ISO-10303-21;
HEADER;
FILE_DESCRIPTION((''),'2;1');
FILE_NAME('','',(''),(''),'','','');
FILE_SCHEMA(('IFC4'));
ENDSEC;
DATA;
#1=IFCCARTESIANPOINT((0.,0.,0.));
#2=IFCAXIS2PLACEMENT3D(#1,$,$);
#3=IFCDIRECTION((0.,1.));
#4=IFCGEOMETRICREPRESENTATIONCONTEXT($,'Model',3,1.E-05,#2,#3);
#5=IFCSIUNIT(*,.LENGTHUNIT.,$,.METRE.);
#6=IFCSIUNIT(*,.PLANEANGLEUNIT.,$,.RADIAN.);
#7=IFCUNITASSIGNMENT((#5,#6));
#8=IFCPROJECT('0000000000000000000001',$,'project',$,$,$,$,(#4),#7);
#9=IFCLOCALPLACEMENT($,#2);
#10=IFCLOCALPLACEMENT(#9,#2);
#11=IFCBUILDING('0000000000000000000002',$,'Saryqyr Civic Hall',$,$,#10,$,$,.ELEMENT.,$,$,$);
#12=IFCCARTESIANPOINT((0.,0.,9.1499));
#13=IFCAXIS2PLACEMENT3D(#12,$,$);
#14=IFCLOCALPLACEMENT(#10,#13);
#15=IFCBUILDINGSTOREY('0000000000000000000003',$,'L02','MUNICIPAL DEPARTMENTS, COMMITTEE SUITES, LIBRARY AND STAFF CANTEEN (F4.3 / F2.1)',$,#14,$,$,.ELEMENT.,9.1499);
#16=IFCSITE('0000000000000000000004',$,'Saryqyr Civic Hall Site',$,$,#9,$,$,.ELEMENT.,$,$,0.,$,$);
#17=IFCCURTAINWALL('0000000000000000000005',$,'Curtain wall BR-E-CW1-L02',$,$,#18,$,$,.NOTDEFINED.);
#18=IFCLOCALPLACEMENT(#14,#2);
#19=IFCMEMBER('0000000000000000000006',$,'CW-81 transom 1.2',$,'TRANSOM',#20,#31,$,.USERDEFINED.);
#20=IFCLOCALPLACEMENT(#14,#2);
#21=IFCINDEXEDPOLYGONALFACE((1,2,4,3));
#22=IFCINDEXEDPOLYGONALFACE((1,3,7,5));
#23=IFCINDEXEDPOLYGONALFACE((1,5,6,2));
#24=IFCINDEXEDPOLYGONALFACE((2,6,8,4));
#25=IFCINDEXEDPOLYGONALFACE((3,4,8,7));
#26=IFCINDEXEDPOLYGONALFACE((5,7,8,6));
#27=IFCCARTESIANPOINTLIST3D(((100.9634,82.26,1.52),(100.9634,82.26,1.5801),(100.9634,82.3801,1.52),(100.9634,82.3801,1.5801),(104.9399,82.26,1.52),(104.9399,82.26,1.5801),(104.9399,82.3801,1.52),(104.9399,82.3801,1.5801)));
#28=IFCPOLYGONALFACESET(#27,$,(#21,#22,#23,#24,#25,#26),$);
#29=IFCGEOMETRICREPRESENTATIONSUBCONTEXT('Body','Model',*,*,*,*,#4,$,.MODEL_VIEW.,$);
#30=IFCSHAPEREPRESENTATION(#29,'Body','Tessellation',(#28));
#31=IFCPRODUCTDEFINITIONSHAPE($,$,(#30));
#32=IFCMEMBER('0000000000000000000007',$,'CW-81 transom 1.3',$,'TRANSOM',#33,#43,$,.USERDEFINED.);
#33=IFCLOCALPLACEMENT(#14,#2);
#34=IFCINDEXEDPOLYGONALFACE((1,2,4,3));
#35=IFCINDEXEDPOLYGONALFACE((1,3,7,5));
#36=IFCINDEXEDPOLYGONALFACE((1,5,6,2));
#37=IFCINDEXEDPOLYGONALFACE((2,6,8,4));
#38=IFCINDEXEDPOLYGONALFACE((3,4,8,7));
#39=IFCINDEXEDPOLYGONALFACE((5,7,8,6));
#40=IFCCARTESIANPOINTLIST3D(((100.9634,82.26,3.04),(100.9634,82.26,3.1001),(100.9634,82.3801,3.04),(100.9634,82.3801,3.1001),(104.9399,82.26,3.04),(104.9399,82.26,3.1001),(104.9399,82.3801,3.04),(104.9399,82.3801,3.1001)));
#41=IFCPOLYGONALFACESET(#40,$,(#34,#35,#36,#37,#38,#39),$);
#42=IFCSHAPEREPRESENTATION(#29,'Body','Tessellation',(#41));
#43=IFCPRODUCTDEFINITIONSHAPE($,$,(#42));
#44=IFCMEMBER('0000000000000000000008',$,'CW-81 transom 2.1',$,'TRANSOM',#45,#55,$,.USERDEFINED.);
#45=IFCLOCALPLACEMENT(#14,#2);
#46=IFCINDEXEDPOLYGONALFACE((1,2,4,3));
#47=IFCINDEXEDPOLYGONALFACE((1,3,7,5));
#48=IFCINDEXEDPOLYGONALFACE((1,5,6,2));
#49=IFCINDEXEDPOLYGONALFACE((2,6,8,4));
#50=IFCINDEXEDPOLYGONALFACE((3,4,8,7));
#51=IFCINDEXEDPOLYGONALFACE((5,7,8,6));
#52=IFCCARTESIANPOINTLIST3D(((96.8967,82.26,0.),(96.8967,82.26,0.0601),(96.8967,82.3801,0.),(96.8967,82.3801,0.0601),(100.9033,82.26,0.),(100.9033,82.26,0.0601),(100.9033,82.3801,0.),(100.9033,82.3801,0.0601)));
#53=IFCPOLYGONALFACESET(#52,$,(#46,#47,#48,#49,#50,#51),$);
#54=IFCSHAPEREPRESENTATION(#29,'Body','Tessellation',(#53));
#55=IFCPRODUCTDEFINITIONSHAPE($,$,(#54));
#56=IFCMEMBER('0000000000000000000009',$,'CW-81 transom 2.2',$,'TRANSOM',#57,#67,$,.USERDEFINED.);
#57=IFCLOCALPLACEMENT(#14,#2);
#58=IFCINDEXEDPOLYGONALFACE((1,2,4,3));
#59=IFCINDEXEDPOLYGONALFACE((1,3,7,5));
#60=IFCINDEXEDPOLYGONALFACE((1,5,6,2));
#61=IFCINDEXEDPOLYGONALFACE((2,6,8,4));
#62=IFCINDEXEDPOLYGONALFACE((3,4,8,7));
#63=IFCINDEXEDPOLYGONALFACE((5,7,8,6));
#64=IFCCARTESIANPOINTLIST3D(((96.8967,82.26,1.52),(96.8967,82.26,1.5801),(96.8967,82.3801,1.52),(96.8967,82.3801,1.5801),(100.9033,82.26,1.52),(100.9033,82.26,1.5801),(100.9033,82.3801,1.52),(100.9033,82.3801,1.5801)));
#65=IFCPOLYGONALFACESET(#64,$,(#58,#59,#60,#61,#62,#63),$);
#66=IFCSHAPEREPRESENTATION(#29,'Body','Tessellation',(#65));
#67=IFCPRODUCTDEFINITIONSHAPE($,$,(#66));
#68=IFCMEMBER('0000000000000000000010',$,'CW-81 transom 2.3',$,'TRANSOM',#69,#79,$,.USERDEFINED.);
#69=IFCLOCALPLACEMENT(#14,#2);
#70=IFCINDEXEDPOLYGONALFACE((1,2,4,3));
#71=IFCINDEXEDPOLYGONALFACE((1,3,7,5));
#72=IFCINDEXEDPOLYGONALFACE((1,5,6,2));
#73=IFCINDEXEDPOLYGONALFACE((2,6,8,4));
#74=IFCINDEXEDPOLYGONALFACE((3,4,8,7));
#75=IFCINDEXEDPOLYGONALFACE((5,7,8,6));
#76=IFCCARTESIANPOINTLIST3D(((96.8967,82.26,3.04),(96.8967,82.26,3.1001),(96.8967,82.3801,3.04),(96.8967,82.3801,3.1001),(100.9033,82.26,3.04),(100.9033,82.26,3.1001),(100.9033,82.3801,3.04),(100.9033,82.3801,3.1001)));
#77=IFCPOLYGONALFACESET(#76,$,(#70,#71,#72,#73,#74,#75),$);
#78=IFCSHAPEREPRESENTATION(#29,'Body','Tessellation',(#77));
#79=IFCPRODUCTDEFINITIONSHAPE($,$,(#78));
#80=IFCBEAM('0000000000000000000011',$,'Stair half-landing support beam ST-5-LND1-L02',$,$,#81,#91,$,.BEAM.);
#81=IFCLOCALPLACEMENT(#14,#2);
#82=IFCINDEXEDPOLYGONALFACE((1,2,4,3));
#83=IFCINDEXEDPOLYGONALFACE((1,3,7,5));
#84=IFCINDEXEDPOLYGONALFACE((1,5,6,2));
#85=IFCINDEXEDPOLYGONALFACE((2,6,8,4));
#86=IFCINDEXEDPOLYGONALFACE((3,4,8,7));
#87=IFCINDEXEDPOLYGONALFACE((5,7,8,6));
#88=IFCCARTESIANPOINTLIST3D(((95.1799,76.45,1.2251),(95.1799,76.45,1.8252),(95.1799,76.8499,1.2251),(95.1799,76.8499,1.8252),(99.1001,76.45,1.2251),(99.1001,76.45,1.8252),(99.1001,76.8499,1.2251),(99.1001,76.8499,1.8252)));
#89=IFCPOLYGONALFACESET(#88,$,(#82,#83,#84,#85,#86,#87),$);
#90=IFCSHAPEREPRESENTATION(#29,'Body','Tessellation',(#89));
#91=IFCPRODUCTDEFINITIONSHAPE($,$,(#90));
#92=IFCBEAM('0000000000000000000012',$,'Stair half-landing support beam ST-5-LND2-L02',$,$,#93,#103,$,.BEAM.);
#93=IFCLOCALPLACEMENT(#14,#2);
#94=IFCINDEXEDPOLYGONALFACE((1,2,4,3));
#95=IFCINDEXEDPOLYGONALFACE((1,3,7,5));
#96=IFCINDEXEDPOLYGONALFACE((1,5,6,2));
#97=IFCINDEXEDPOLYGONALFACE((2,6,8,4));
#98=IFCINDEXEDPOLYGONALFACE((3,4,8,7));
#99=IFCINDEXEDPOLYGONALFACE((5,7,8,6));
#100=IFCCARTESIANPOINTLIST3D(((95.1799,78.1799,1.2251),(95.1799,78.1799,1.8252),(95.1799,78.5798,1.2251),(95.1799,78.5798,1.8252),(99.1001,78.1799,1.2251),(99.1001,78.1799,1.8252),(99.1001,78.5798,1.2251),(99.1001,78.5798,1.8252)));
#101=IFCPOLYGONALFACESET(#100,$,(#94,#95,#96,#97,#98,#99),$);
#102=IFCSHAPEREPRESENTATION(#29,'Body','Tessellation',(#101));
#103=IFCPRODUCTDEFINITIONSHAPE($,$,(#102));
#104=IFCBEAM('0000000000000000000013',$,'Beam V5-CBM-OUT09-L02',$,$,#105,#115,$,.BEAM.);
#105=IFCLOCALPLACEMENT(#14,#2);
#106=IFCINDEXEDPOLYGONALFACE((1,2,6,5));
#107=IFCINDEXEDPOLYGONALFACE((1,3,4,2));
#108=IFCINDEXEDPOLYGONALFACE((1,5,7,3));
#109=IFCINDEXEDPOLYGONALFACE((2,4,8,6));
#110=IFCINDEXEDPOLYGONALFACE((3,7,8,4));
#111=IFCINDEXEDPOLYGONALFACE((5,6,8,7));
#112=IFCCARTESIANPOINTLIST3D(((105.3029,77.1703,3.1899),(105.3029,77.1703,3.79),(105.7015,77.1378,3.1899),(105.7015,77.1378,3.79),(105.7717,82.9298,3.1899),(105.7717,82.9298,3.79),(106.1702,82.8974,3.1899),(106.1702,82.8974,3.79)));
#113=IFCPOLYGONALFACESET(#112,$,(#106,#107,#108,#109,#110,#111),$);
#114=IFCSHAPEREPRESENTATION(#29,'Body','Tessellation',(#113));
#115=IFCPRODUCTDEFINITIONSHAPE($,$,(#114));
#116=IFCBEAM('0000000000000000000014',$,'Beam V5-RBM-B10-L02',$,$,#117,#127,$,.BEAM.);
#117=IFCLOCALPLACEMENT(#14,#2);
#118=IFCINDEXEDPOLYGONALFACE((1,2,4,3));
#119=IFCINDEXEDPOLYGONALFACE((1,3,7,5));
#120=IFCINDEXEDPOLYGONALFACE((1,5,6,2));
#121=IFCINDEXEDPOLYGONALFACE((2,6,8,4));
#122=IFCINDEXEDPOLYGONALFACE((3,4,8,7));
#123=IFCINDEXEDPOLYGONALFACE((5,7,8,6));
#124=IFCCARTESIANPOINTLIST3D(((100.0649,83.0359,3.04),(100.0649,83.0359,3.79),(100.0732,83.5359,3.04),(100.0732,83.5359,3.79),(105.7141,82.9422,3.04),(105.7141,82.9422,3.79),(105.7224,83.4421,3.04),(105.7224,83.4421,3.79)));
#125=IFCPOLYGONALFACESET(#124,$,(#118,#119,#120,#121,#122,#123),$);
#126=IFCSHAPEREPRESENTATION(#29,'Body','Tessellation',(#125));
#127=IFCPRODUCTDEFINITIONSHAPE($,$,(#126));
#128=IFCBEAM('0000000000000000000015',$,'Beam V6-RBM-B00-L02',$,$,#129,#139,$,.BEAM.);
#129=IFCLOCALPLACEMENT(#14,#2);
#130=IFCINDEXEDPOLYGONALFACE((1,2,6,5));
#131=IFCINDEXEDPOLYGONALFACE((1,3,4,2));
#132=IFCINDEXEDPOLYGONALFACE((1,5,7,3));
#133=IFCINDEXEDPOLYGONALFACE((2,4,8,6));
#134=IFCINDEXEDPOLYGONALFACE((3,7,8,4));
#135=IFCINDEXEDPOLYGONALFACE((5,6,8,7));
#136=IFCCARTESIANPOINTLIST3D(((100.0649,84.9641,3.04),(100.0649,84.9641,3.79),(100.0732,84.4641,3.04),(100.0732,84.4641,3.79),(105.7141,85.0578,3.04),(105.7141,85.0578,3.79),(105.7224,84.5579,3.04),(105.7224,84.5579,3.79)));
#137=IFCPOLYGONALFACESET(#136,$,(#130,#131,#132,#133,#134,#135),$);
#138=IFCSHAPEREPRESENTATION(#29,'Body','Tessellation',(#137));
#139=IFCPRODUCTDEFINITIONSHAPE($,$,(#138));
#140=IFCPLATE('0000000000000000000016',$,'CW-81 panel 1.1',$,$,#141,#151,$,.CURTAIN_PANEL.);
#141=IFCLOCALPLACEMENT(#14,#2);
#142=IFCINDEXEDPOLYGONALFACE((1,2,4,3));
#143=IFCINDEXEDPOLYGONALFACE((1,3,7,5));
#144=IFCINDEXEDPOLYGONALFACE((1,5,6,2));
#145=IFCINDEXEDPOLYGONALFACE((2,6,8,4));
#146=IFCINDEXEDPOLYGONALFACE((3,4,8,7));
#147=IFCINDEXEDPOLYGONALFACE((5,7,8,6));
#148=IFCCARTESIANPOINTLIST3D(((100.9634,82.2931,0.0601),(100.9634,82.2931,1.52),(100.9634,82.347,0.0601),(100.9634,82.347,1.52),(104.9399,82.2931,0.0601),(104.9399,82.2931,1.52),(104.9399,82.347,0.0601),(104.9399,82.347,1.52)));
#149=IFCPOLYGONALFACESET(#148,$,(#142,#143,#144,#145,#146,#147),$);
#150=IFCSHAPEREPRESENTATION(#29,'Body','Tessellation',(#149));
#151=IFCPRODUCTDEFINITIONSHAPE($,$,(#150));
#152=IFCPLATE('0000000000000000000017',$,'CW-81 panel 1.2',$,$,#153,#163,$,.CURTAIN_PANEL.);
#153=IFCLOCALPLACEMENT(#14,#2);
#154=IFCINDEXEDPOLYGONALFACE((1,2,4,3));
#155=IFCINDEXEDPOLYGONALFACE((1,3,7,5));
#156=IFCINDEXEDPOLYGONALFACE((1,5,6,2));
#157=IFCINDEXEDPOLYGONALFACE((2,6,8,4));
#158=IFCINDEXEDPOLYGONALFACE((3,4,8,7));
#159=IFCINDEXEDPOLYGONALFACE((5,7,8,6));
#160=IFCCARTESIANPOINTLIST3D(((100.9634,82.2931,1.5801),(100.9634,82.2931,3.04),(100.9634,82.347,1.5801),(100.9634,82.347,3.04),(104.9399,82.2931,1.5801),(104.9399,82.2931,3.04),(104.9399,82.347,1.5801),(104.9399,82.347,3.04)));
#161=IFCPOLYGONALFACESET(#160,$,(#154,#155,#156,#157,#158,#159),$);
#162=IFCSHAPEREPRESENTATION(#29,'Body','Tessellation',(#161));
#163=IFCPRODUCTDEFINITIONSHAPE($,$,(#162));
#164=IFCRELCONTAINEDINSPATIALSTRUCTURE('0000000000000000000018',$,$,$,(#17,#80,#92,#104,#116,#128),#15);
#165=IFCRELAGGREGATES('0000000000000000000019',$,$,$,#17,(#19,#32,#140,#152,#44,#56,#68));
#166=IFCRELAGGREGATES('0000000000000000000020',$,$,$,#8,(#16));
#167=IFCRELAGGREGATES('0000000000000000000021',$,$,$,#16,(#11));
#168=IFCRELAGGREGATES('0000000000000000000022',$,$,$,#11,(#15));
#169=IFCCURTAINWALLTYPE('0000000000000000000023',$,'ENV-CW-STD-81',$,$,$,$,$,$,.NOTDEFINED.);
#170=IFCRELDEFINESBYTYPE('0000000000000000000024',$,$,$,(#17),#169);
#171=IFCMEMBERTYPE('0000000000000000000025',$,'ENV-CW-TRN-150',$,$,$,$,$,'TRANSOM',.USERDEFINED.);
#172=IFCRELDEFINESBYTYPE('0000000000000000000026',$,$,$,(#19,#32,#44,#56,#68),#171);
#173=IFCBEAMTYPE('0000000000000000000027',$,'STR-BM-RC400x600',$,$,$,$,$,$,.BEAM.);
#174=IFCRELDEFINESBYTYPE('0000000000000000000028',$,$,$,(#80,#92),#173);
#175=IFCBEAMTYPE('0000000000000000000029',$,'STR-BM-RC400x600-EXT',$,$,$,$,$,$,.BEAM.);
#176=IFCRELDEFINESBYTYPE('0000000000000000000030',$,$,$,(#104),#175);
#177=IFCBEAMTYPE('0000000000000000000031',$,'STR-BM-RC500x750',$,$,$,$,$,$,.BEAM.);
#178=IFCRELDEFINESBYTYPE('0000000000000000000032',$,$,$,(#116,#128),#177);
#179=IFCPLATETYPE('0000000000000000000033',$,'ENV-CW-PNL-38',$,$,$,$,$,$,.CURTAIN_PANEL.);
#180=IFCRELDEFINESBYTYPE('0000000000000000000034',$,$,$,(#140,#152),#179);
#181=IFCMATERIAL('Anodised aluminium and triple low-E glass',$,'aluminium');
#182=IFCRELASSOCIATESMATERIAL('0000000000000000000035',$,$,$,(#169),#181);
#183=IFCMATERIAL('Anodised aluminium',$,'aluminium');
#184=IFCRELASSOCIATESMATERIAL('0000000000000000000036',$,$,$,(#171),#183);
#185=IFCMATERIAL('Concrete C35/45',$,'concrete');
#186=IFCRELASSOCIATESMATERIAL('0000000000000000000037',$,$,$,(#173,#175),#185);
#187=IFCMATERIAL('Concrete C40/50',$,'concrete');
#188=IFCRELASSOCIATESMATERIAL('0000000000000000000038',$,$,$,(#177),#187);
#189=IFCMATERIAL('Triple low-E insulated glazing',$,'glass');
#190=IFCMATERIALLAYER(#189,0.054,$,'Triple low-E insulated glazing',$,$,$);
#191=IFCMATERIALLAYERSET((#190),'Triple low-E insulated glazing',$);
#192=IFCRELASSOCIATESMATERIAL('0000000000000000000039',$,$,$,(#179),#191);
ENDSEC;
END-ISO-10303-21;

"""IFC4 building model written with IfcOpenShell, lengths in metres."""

from ifc_helpers import new_model, si_unit, direction, frame, origin, origin_2d, place, context, subcontext, project, spatial, rectangle, extrude, material, layer, layer_set, material_profile, profile_set, type_object, element, aggregate, save


model = new_model("IFC4")

# Units and contexts
model_context = context("Model", 3, precision=1e-05, world=origin(), true_north=direction((0.0, 1.0)))
body_context = subcontext(model_context, "Body", "Model", "MODEL_VIEW")
ifc_project = project(units=[si_unit("LENGTHUNIT", "METRE"), si_unit("PLANEANGLEUNIT", "RADIAN")], contexts=[model_context])

# Site, building, storey
site_placement = place(None, origin())
site = spatial("IfcSite", under=ifc_project, at=site_placement, Name="Saryqyr Civic Hall Site", CompositionType="ELEMENT", RefElevation=0.0)
building_placement = place(site_placement, origin())
building = spatial("IfcBuilding", under=site, at=building_placement, Name="Saryqyr Civic Hall", CompositionType="ELEMENT")
storey_placement = place(building_placement, frame((0.0, 0.0, 9.1499)))
storey = spatial("IfcBuildingStorey", under=building, at=storey_placement, Name="L02", Description="MUNICIPAL DEPARTMENTS, COMMITTEE SUITES, LIBRARY AND STAFF CANTEEN (F4.3 / F2.1)", CompositionType="ELEMENT", Elevation=9.1499)

# Shared definitions
ifc_material_1 = material(Name="Concrete C40/50", Category="concrete")
ifc_material_2 = material(Name="Concrete C35/45", Category="concrete")

# Curtain wall, members
ifc_material_3 = material(Name="Anodised aluminium and triple low-E glass", Category="aluminium")
curtain_wall_type = type_object("IfcCurtainWallType", Name="ENV-CW-STD-81", PredefinedType="NOTDEFINED", material=ifc_material_3)
curtain_wall_placement = place(storey_placement, origin())
curtain_wall = element("IfcCurtainWall", 1, at=curtain_wall_placement, inside=storey, type_object=curtain_wall_type, Name="Curtain wall BR-E-CW1-L02", PredefinedType="NOTDEFINED")
ifc_material_4 = material(Name="Anodised aluminium", Category="aluminium")
ifc_material_profile_1 = material_profile(ifc_material_4, rectangle(XDim=0.1201, YDim=0.0601, at=origin_2d()), Name="ALU TRANSOM 120x60")
ifc_profile_set_1 = profile_set([ifc_material_profile_1], Name="Anodised aluminium")
member_type_1 = type_object("IfcMemberType", Name="ENV-CW-TRN-150", ElementType="TRANSOM", PredefinedType="USERDEFINED", material=ifc_profile_set_1)
member_1_placement = place(storey_placement, frame((104.9399, 82.3201, 1.55), z_axis=(-1.0, 0.0, 0.0), x_axis=(0.0, -1.0, 0.0)))
member_1 = element("IfcMember", 2, at=member_1_placement, type_object=member_type_1, Name="CW-81 transom 1.2", ObjectType="TRANSOM", PredefinedType="USERDEFINED", context=body_context, shape_type="SweptSolid", body=[
    extrude(rectangle(XDim=0.1201, YDim=0.0601, at=origin_2d()), origin(), (0.0, 0.0, 1.0), 3.9766),
])
member_2_placement = place(storey_placement, frame((104.9399, 82.3201, 3.0701), z_axis=(-1.0, 0.0, 0.0), x_axis=(0.0, -1.0, 0.0)))
member_2 = element("IfcMember", 3, at=member_2_placement, type_object=member_type_1, Name="CW-81 transom 1.3", ObjectType="TRANSOM", PredefinedType="USERDEFINED", context=body_context, shape_type="SweptSolid", body=[
    extrude(rectangle(XDim=0.1201, YDim=0.0601, at=origin_2d()), origin(), (0.0, 0.0, 1.0), 3.9766),
])
member_3_placement = place(storey_placement, frame((100.9033, 82.3201, 0.03), z_axis=(-1.0, 0.0, 0.0), x_axis=(0.0, -1.0, 0.0)))
member_3 = element("IfcMember", 4, at=member_3_placement, type_object=member_type_1, Name="CW-81 transom 2.1", ObjectType="TRANSOM", PredefinedType="USERDEFINED", context=body_context, shape_type="SweptSolid", body=[
    extrude(rectangle(XDim=0.1201, YDim=0.0601, at=origin_2d()), origin(), (0.0, 0.0, 1.0), 4.0066),
])
member_4_placement = place(storey_placement, frame((100.9033, 82.3201, 1.55), z_axis=(-1.0, 0.0, 0.0), x_axis=(0.0, -1.0, 0.0)))
member_4 = element("IfcMember", 5, at=member_4_placement, type_object=member_type_1, Name="CW-81 transom 2.2", ObjectType="TRANSOM", PredefinedType="USERDEFINED", context=body_context, shape_type="SweptSolid", body=[
    extrude(rectangle(XDim=0.1201, YDim=0.0601, at=origin_2d()), origin(), (0.0, 0.0, 1.0), 4.0066),
])
member_5_placement = place(storey_placement, frame((100.9033, 82.3201, 3.0701), z_axis=(-1.0, 0.0, 0.0), x_axis=(0.0, -1.0, 0.0)))
member_5 = element("IfcMember", 6, at=member_5_placement, type_object=member_type_1, Name="CW-81 transom 2.3", ObjectType="TRANSOM", PredefinedType="USERDEFINED", context=body_context, shape_type="SweptSolid", body=[
    extrude(rectangle(XDim=0.1201, YDim=0.0601, at=origin_2d()), origin(), (0.0, 0.0, 1.0), 4.0066),
])

# Beams
ifc_material_profile_2 = material_profile(ifc_material_2, rectangle(XDim=0.3999, YDim=0.6001, at=origin_2d()), Name="RC 400x600")
ifc_profile_set_2 = profile_set([ifc_material_profile_2], Name="Concrete C35/45")
beam_type_1 = type_object("IfcBeamType", Name="STR-BM-RC400x600", PredefinedType="BEAM", material=ifc_profile_set_2)
for number, where, z_axis, x_axis, name in (
    (7, (99.1001, 76.6499, 1.5251), (-1.0, 0.0, 0.0), (0.0, -1.0, 0.0), "Stair half-landing support beam ST-5-LND1-L02"),
    (8, (99.1001, 78.3799, 1.5251), (-1.0, 0.0, 0.0), (0.0, -1.0, 0.0), "Stair half-landing support beam ST-5-LND2-L02"),
):
    element("IfcBeam", number, at=place(storey_placement, frame(where, z_axis=z_axis, x_axis=x_axis)), inside=storey, type_object=beam_type_1, Name=name, PredefinedType="BEAM", context=body_context, shape_type="SweptSolid", body=[
        extrude(rectangle(XDim=0.3999, YDim=0.6001, at=origin_2d()), origin(), (0.0, 0.0, 1.0), 3.9202),
    ])
ifc_material_profile_3 = material_profile(ifc_material_2, rectangle(XDim=0.3999, YDim=0.6001, at=origin_2d()), Name="RC 400x600")
ifc_profile_set_3 = profile_set([ifc_material_profile_3], Name="Concrete C35/45")
beam_type_2 = type_object("IfcBeamType", Name="STR-BM-RC400x600-EXT", PredefinedType="BEAM", material=ifc_profile_set_3)
beam_placement = place(storey_placement, frame((105.5022, 77.1541, 3.49), z_axis=(0.081119, 0.996704, 0.0), x_axis=(-0.996704, 0.081119, 0.0)))
element("IfcBeam", 9, at=beam_placement, inside=storey, type_object=beam_type_2, Name="Beam V5-CBM-OUT09-L02", PredefinedType="BEAM", context=body_context, shape_type="SweptSolid", body=[
    extrude(rectangle(XDim=0.3999, YDim=0.6001, at=origin_2d()), origin(), (0.0, 0.0, 1.0), 5.7786),
])
ifc_material_profile_4 = material_profile(ifc_material_1, rectangle(XDim=0.5, YDim=0.75, at=origin_2d()), Name="RC 500x750")
ifc_profile_set_4 = profile_set([ifc_material_profile_4], Name="Concrete C40/50")
beam_type_3 = type_object("IfcBeamType", Name="STR-BM-RC500x750", PredefinedType="BEAM", material=ifc_profile_set_4)
for number, where, z_axis, x_axis, name in (
    (10, (100.0691, 83.2859, 3.415), (0.999862, -0.016593, 0.0), (0.016593, 0.999862, 0.0), "Beam V5-RBM-B10-L02"),
    (11, (100.0691, 84.7141, 3.415), (0.999862, 0.016593, 0.0), (-0.016593, 0.999862, 0.0), "Beam V6-RBM-B00-L02"),
):
    element("IfcBeam", number, at=place(storey_placement, frame(where, z_axis=z_axis, x_axis=x_axis)), inside=storey, type_object=beam_type_3, Name=name, PredefinedType="BEAM", context=body_context, shape_type="SweptSolid", body=[
        extrude(rectangle(XDim=0.5, YDim=0.75, at=origin_2d()), origin(), (0.0, 0.0, 1.0), 5.6499),
    ])

# Plates
ifc_material_5 = material(Name="Triple low-E insulated glazing", Category="glass")
ifc_layer_1 = layer(ifc_material_5, 0.054, Name="Triple low-E insulated glazing")
ifc_layer_set_1 = layer_set([ifc_layer_1], Name="Triple low-E insulated glazing")
plate_type = type_object("IfcPlateType", Name="ENV-CW-PNL-38", PredefinedType="CURTAIN_PANEL", material=ifc_layer_set_1)
plate_1_placement = place(storey_placement, frame((102.9517, 82.3201, 0.0601), z_axis=(0.0, 0.0, 1.0), x_axis=(-1.0, 0.0, 0.0)))
plate_1 = element("IfcPlate", 12, at=plate_1_placement, type_object=plate_type, Name="CW-81 panel 1.1", PredefinedType="CURTAIN_PANEL", context=body_context, shape_type="SweptSolid", body=[
    extrude(rectangle(XDim=3.9766, YDim=0.054, at=origin_2d()), origin(), (0.0, 0.0, 1.0), 1.46),
])
plate_2_placement = place(storey_placement, frame((102.9517, 82.3201, 1.5801), z_axis=(0.0, 0.0, 1.0), x_axis=(-1.0, 0.0, 0.0)))
plate_2 = element("IfcPlate", 13, at=plate_2_placement, type_object=plate_type, Name="CW-81 panel 1.2", PredefinedType="CURTAIN_PANEL", context=body_context, shape_type="SweptSolid", body=[
    extrude(rectangle(XDim=3.9766, YDim=0.054, at=origin_2d()), origin(), (0.0, 0.0, 1.0), 1.46),
])
aggregate(curtain_wall, [member_1, member_2, plate_1, plate_2, member_3, member_4, member_5])

save(model, "model.ifc")
